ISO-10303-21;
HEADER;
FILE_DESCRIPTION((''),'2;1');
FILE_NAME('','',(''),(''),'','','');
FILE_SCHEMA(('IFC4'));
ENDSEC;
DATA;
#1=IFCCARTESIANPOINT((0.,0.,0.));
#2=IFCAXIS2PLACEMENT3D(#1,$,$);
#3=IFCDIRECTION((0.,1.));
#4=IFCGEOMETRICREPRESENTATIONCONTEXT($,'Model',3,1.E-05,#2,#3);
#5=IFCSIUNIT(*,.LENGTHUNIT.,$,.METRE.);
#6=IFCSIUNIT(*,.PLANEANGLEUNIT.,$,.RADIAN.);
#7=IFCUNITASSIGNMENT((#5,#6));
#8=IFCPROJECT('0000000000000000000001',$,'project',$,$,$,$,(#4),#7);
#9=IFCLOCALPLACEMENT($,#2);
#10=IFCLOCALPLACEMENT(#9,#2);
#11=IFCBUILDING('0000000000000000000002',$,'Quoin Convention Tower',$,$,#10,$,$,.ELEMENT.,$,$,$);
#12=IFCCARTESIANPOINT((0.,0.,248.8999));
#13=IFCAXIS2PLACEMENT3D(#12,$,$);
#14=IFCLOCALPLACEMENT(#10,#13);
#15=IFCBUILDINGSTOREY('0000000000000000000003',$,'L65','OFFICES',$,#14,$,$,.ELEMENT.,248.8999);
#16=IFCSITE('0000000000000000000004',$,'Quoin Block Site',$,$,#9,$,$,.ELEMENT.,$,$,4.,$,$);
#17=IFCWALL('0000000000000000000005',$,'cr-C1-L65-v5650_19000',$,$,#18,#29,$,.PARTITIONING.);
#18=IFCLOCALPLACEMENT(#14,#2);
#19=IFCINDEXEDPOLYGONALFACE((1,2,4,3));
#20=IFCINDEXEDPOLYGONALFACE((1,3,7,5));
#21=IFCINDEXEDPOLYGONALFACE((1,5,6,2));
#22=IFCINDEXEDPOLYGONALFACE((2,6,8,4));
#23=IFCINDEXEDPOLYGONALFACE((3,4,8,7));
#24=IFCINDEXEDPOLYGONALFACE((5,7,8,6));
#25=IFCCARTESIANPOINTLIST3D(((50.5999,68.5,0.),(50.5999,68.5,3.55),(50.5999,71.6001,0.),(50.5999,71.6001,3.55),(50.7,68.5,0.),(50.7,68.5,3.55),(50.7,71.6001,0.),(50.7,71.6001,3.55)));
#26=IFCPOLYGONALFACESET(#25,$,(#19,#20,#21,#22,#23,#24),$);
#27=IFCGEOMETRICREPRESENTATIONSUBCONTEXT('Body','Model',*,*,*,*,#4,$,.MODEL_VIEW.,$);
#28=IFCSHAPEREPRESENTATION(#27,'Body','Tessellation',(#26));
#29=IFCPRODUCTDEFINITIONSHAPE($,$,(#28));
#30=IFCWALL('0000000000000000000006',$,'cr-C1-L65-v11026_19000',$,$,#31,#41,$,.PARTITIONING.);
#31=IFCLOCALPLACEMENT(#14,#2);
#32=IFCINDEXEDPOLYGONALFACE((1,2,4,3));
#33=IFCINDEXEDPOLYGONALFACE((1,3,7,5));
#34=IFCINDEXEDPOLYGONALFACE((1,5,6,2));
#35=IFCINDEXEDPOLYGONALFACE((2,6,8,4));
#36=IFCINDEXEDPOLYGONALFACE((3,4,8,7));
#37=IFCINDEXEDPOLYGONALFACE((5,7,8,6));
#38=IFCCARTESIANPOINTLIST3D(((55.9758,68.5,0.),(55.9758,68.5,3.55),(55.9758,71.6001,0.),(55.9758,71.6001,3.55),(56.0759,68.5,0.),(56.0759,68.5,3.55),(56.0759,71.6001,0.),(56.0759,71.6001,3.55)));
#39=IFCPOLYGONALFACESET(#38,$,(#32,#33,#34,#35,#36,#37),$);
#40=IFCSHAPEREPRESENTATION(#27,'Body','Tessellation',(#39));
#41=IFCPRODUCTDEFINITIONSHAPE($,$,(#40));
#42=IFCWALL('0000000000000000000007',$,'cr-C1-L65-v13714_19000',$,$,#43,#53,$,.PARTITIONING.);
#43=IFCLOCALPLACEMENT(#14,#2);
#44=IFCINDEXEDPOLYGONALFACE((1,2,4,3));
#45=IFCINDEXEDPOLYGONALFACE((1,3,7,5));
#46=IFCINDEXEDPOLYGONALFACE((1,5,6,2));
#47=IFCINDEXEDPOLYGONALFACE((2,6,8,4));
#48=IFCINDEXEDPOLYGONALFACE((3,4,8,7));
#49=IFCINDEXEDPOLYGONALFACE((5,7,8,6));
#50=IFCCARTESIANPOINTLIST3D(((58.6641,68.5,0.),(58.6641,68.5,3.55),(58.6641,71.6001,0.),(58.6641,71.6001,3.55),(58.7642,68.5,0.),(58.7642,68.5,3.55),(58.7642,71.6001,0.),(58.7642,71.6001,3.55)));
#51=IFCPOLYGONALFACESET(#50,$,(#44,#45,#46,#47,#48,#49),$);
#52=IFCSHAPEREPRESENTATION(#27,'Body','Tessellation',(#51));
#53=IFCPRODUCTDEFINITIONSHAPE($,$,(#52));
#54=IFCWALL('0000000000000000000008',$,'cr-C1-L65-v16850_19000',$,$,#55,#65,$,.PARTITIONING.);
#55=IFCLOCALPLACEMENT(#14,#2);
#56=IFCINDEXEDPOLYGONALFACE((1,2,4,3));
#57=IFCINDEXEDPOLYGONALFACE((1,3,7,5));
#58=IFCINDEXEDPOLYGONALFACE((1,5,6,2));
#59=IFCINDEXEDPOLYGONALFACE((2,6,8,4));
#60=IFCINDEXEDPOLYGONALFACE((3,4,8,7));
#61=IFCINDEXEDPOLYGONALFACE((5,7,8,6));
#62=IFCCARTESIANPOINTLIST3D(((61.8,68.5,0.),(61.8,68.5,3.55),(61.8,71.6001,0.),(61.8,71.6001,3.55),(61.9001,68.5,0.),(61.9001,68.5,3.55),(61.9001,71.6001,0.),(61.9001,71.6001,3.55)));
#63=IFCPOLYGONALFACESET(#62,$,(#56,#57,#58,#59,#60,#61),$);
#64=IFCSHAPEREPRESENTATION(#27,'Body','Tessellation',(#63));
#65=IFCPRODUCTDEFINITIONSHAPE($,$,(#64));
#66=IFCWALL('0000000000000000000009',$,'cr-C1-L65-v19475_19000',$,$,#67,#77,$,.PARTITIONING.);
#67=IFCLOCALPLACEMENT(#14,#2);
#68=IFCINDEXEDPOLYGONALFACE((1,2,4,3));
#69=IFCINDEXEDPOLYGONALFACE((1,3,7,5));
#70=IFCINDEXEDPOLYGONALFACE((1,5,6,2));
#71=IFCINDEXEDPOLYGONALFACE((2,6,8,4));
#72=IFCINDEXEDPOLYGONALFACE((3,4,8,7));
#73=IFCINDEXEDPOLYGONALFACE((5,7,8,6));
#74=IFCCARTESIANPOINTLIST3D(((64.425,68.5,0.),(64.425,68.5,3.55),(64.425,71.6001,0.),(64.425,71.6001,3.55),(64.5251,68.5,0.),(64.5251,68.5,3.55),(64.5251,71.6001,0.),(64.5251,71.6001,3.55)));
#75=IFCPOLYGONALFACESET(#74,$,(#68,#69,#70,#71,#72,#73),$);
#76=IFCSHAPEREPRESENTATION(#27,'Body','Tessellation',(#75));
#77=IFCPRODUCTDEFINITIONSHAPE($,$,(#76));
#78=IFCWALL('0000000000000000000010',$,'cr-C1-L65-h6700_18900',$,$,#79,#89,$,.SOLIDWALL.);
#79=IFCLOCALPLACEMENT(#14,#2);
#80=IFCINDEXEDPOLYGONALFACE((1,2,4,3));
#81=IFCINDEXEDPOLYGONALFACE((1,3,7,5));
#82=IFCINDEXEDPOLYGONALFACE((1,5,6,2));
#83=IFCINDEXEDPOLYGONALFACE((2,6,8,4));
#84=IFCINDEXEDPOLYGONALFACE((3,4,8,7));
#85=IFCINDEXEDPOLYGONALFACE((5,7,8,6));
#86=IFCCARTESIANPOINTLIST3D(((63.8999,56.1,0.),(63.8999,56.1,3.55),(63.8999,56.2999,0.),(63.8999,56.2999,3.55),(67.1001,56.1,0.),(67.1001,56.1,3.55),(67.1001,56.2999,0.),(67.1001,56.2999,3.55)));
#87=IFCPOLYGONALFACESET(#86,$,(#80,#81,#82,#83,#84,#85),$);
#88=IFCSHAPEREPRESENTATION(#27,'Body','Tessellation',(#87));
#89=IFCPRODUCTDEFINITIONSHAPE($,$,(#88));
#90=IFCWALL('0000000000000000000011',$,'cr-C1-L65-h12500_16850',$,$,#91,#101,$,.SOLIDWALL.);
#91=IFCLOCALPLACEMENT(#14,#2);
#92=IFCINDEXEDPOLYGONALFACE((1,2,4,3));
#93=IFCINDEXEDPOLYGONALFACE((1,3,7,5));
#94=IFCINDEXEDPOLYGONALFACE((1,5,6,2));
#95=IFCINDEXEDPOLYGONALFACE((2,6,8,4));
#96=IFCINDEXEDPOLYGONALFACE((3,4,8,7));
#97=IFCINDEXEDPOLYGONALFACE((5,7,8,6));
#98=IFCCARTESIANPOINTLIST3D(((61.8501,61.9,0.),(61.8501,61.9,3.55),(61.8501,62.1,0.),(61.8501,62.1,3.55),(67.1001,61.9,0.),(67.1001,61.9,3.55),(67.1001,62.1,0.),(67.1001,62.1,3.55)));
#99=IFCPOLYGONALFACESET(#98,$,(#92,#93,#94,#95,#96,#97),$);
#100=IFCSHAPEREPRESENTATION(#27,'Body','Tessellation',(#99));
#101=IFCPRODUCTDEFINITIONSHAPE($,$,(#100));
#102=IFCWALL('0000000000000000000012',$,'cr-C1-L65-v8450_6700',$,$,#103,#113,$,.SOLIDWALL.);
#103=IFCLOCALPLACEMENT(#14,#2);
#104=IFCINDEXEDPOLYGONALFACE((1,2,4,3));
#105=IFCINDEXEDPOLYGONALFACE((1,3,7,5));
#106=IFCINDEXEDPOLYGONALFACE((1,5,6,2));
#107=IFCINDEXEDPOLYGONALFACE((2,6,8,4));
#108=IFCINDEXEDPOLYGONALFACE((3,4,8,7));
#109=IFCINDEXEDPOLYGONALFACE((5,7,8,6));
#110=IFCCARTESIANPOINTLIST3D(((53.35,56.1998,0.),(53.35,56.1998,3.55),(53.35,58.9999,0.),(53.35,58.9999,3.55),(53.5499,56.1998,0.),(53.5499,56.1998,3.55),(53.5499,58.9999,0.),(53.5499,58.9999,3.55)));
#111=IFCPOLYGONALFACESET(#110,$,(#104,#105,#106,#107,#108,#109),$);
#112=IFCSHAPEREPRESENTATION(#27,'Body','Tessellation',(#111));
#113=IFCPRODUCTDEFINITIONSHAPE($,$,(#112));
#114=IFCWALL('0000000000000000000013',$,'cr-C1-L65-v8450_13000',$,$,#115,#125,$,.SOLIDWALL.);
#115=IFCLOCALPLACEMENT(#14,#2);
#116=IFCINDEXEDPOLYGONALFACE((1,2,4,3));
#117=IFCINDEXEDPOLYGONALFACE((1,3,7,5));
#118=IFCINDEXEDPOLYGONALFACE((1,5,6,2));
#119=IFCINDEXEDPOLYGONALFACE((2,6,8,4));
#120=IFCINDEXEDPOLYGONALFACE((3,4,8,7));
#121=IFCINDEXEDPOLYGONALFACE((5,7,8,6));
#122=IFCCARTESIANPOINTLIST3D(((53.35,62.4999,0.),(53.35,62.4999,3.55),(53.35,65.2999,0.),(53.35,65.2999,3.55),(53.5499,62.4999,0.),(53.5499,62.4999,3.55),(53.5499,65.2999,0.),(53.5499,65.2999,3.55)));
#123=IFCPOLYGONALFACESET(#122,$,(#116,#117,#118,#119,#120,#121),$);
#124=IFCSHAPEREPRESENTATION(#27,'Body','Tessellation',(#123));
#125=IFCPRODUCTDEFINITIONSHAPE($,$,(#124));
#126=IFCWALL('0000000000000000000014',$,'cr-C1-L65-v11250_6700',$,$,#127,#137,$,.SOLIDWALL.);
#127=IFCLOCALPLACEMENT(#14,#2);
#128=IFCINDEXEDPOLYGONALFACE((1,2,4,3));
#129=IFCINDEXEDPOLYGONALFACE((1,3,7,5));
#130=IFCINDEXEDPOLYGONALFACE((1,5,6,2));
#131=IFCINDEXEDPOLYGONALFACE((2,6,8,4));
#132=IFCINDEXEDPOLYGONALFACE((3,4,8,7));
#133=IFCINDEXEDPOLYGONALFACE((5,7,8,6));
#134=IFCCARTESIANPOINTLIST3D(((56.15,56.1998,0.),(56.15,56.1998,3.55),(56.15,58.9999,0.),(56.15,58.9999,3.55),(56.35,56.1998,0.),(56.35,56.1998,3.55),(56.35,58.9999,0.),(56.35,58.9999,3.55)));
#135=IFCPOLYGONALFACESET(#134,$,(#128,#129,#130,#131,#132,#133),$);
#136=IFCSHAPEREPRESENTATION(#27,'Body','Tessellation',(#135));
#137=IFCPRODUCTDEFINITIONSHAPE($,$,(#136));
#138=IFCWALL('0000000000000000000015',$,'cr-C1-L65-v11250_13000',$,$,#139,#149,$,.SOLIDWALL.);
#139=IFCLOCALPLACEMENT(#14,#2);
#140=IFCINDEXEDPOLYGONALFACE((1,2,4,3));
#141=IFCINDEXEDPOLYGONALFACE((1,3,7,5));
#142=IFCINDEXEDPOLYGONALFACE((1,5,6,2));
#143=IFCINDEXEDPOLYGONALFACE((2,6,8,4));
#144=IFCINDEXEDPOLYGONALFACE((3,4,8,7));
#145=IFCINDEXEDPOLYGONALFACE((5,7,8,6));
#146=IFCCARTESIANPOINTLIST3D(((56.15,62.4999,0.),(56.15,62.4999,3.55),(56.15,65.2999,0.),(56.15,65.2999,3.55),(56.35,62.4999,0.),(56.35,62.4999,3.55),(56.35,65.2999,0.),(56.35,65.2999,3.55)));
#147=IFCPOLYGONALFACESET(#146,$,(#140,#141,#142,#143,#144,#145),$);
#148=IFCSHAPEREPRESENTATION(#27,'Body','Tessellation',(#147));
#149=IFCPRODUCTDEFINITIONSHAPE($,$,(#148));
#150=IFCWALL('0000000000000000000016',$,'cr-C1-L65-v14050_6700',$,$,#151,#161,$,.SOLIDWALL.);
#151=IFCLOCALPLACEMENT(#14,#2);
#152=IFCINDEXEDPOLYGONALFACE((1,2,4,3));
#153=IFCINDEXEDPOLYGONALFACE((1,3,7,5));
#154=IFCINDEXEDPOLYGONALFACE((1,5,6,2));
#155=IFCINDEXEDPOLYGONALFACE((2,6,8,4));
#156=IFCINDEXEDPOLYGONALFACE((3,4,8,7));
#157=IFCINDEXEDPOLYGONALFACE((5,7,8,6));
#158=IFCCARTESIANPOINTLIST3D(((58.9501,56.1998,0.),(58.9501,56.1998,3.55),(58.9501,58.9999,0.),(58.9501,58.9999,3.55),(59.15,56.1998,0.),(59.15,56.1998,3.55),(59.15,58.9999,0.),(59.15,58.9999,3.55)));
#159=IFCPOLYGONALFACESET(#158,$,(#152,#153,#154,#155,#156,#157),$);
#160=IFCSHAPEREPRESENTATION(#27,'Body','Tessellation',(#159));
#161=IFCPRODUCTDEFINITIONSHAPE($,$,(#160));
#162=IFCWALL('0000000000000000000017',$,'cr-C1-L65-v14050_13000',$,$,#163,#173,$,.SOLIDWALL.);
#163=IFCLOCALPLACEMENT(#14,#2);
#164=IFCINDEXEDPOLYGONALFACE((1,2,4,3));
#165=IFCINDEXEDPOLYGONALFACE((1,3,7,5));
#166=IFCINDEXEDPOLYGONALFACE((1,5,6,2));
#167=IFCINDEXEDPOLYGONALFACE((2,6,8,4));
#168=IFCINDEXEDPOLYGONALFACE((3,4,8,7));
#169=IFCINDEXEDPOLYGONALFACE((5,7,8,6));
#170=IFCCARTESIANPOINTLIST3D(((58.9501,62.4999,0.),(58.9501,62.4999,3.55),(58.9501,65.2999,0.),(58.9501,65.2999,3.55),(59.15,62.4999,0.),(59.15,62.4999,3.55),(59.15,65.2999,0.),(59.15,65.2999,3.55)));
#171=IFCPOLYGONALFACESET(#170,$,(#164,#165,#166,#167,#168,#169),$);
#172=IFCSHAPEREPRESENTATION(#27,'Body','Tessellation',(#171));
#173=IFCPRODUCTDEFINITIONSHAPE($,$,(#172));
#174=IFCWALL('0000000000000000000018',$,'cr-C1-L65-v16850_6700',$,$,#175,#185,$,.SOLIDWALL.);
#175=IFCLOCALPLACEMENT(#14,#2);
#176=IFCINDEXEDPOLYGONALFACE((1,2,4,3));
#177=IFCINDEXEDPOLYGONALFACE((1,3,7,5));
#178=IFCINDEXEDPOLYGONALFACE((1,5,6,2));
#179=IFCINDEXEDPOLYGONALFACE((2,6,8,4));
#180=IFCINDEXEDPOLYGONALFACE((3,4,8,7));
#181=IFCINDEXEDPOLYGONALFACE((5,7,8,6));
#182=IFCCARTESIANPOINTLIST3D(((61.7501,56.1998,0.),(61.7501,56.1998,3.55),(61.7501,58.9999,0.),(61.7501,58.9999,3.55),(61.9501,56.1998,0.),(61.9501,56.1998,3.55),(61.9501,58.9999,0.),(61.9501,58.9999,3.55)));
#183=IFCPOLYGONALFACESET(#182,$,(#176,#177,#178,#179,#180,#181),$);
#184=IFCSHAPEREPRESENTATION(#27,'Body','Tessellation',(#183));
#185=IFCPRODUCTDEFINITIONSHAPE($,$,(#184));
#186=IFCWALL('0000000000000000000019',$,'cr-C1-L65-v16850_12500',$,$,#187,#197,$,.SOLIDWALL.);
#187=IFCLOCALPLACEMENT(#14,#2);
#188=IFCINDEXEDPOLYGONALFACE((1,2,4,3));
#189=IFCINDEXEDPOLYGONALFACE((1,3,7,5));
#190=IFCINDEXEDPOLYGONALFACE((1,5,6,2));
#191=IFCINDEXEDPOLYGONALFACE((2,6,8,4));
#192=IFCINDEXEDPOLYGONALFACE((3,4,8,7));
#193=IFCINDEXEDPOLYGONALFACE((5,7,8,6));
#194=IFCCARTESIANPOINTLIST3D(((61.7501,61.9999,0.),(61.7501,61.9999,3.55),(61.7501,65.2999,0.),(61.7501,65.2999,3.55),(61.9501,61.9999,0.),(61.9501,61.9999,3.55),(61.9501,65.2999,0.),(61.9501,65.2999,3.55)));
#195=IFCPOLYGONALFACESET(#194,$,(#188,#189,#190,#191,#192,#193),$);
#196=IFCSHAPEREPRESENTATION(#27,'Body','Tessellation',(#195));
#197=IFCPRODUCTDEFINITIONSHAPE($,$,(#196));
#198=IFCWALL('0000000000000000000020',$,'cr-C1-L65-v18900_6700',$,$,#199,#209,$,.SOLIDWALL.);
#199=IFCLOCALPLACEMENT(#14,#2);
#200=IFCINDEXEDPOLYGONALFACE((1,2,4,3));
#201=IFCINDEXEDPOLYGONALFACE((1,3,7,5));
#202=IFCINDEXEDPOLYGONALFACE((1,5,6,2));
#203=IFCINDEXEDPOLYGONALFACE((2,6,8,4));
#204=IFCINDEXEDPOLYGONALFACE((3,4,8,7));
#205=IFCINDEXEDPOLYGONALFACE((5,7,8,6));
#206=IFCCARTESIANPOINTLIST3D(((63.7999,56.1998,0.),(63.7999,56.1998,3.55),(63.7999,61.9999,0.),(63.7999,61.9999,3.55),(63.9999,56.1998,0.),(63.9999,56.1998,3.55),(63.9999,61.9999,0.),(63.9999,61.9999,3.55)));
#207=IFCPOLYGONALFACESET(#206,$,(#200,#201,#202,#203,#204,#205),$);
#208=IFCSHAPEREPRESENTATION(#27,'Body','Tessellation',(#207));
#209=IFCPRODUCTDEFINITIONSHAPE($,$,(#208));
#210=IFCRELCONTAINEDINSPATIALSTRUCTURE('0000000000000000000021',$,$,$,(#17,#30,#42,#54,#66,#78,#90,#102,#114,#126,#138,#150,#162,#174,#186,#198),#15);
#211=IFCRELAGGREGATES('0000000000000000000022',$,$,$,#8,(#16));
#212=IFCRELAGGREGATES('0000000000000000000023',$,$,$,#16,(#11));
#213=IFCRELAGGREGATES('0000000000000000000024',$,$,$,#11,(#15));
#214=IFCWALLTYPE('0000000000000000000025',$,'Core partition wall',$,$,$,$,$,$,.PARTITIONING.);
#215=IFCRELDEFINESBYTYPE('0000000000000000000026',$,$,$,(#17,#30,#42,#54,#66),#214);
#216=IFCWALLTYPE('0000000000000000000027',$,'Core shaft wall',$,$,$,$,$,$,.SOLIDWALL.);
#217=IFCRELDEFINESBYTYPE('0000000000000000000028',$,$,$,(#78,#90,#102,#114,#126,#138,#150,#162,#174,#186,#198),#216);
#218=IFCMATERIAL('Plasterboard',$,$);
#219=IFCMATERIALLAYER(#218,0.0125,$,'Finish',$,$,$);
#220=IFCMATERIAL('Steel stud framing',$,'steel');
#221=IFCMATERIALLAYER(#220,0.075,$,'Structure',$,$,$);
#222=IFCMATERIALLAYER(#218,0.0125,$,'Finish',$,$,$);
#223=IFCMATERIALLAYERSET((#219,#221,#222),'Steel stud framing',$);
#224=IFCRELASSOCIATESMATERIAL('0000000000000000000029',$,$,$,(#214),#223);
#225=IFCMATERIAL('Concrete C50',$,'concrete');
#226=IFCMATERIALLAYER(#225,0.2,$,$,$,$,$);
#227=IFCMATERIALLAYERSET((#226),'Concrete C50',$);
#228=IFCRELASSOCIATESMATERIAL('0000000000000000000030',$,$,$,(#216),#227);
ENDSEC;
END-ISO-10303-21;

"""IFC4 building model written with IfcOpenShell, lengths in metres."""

from ifc_helpers import new_model, si_unit, direction, frame, frame_2d, origin, place, context, subcontext, project, spatial, rectangle, extrude, material, layer, layer_set, type_object, element, save


model = new_model("IFC4")

# Units and contexts
model_context = context("Model", 3, precision=1e-05, world=origin(), true_north=direction((0.0, 1.0)))
body_context = subcontext(model_context, "Body", "Model", "MODEL_VIEW")
ifc_project = project(units=[si_unit("LENGTHUNIT", "METRE"), si_unit("PLANEANGLEUNIT", "RADIAN")], contexts=[model_context])

# Site, building, storey
site_placement = place(None, origin())
site = spatial("IfcSite", under=ifc_project, at=site_placement, Name="Quoin Block Site", CompositionType="ELEMENT", RefElevation=4.0)
building_placement = place(site_placement, origin())
building = spatial("IfcBuilding", under=site, at=building_placement, Name="Quoin Convention Tower", CompositionType="ELEMENT")
storey_placement = place(building_placement, frame((0.0, 0.0, 248.8999)))
storey = spatial("IfcBuildingStorey", under=building, at=storey_placement, Name="L65", Description="OFFICES", CompositionType="ELEMENT", Elevation=248.8999)

# Walls
ifc_material_1 = material(Name="Plasterboard")
ifc_layer_1 = layer(ifc_material_1, 0.0125, Name="Finish")
ifc_material_2 = material(Name="Steel stud framing", Category="steel")
ifc_layer_2 = layer(ifc_material_2, 0.075, Name="Structure")
ifc_layer_3 = layer(ifc_material_1, 0.0125, Name="Finish")
ifc_layer_set_1 = layer_set([ifc_layer_1, ifc_layer_2, ifc_layer_3], Name="Steel stud framing")
wall_type_1 = type_object("IfcWallType", Name="Core partition wall", PredefinedType="PARTITIONING", material=ifc_layer_set_1)
for number, where, z_axis, x_axis, name in (
    (1, (50.6499, 68.5, 0.0), (0.0, 0.0, 1.0), (0.0, 1.0, 0.0), "cr-C1-L65-v5650_19000"),
    (2, (56.0259, 68.5, 0.0), (0.0, 0.0, 1.0), (0.0, 1.0, 0.0), "cr-C1-L65-v11026_19000"),
    (3, (58.7141, 68.5, 0.0), (0.0, 0.0, 1.0), (0.0, 1.0, 0.0), "cr-C1-L65-v13714_19000"),
    (4, (61.8501, 68.5, 0.0), (0.0, 0.0, 1.0), (0.0, 1.0, 0.0), "cr-C1-L65-v16850_19000"),
    (5, (64.4751, 68.5, 0.0), (0.0, 0.0, 1.0), (0.0, 1.0, 0.0), "cr-C1-L65-v19475_19000"),
):
    element("IfcWall", number, at=place(storey_placement, frame(where, z_axis=z_axis, x_axis=x_axis)), inside=storey, type_object=wall_type_1, Name=name, PredefinedType="PARTITIONING", context=body_context, shape_type="SweptSolid", body=[
        extrude(rectangle(XDim=3.1001, YDim=0.1001, at=frame_2d((1.55, 0.0))), origin(), (0.0, 0.0, 1.0), 3.55),
    ])
ifc_material_3 = material(Name="Concrete C50", Category="concrete")
ifc_layer_4 = layer(ifc_material_3, 0.2)
ifc_layer_set_2 = layer_set([ifc_layer_4], Name="Concrete C50")
wall_type_2 = type_object("IfcWallType", Name="Core shaft wall", PredefinedType="SOLIDWALL", material=ifc_layer_set_2)
wall_1_placement = place(storey_placement, frame((63.8999, 56.2, 0.0), z_axis=(0.0, 0.0, 1.0), x_axis=(1.0, 0.0, 0.0)))
element("IfcWall", 6, at=wall_1_placement, inside=storey, type_object=wall_type_2, Name="cr-C1-L65-h6700_18900", PredefinedType="SOLIDWALL", context=body_context, shape_type="SweptSolid", body=[
    extrude(rectangle(XDim=3.2002, YDim=0.2, at=frame_2d((1.6001, 0.0))), origin(), (0.0, 0.0, 1.0), 3.55),
])
wall_2_placement = place(storey_placement, frame((61.8501, 62.0, 0.0), z_axis=(0.0, 0.0, 1.0), x_axis=(1.0, 0.0, 0.0)))
element("IfcWall", 7, at=wall_2_placement, inside=storey, type_object=wall_type_2, Name="cr-C1-L65-h12500_16850", PredefinedType="SOLIDWALL", context=body_context, shape_type="SweptSolid", body=[
    extrude(rectangle(XDim=5.25, YDim=0.2, at=frame_2d((2.625, 0.0))), origin(), (0.0, 0.0, 1.0), 3.55),
])
for number, where, z_axis, x_axis, name in (
    (8, (53.45, 56.2, 0.0), (0.0, 0.0, 1.0), (0.0, 1.0, 0.0), "cr-C1-L65-v8450_6700"),
    (9, (53.45, 62.5, 0.0), (0.0, 0.0, 1.0), (0.0, 1.0, 0.0), "cr-C1-L65-v8450_13000"),
    (10, (56.25, 56.2, 0.0), (0.0, 0.0, 1.0), (0.0, 1.0, 0.0), "cr-C1-L65-v11250_6700"),
    (11, (56.25, 62.5, 0.0), (0.0, 0.0, 1.0), (0.0, 1.0, 0.0), "cr-C1-L65-v11250_13000"),
    (12, (59.05, 56.2, 0.0), (0.0, 0.0, 1.0), (0.0, 1.0, 0.0), "cr-C1-L65-v14050_6700"),
    (13, (59.05, 62.5, 0.0), (0.0, 0.0, 1.0), (0.0, 1.0, 0.0), "cr-C1-L65-v14050_13000"),
    (14, (61.8501, 56.2, 0.0), (0.0, 0.0, 1.0), (0.0, 1.0, 0.0), "cr-C1-L65-v16850_6700"),
):
    element("IfcWall", number, at=place(storey_placement, frame(where, z_axis=z_axis, x_axis=x_axis)), inside=storey, type_object=wall_type_2, Name=name, PredefinedType="SOLIDWALL", context=body_context, shape_type="SweptSolid", body=[
        extrude(rectangle(XDim=2.8, YDim=0.2, at=frame_2d((1.3999, 0.0))), origin(), (0.0, 0.0, 1.0), 3.55),
    ])
wall_3_placement = place(storey_placement, frame((61.8501, 62.0, 0.0), z_axis=(0.0, 0.0, 1.0), x_axis=(0.0, 1.0, 0.0)))
element("IfcWall", 15, at=wall_3_placement, inside=storey, type_object=wall_type_2, Name="cr-C1-L65-v16850_12500", PredefinedType="SOLIDWALL", context=body_context, shape_type="SweptSolid", body=[
    extrude(rectangle(XDim=3.3, YDim=0.2, at=frame_2d((1.6499, 0.0))), origin(), (0.0, 0.0, 1.0), 3.55),
])
wall_4_placement = place(storey_placement, frame((63.8999, 56.2, 0.0), z_axis=(0.0, 0.0, 1.0), x_axis=(0.0, 1.0, 0.0)))
element("IfcWall", 16, at=wall_4_placement, inside=storey, type_object=wall_type_2, Name="cr-C1-L65-v18900_6700", PredefinedType="SOLIDWALL", context=body_context, shape_type="SweptSolid", body=[
    extrude(rectangle(XDim=5.8, YDim=0.2, at=frame_2d((2.8999, 0.0))), origin(), (0.0, 0.0, 1.0), 3.55),
])

save(model, "model.ifc")
